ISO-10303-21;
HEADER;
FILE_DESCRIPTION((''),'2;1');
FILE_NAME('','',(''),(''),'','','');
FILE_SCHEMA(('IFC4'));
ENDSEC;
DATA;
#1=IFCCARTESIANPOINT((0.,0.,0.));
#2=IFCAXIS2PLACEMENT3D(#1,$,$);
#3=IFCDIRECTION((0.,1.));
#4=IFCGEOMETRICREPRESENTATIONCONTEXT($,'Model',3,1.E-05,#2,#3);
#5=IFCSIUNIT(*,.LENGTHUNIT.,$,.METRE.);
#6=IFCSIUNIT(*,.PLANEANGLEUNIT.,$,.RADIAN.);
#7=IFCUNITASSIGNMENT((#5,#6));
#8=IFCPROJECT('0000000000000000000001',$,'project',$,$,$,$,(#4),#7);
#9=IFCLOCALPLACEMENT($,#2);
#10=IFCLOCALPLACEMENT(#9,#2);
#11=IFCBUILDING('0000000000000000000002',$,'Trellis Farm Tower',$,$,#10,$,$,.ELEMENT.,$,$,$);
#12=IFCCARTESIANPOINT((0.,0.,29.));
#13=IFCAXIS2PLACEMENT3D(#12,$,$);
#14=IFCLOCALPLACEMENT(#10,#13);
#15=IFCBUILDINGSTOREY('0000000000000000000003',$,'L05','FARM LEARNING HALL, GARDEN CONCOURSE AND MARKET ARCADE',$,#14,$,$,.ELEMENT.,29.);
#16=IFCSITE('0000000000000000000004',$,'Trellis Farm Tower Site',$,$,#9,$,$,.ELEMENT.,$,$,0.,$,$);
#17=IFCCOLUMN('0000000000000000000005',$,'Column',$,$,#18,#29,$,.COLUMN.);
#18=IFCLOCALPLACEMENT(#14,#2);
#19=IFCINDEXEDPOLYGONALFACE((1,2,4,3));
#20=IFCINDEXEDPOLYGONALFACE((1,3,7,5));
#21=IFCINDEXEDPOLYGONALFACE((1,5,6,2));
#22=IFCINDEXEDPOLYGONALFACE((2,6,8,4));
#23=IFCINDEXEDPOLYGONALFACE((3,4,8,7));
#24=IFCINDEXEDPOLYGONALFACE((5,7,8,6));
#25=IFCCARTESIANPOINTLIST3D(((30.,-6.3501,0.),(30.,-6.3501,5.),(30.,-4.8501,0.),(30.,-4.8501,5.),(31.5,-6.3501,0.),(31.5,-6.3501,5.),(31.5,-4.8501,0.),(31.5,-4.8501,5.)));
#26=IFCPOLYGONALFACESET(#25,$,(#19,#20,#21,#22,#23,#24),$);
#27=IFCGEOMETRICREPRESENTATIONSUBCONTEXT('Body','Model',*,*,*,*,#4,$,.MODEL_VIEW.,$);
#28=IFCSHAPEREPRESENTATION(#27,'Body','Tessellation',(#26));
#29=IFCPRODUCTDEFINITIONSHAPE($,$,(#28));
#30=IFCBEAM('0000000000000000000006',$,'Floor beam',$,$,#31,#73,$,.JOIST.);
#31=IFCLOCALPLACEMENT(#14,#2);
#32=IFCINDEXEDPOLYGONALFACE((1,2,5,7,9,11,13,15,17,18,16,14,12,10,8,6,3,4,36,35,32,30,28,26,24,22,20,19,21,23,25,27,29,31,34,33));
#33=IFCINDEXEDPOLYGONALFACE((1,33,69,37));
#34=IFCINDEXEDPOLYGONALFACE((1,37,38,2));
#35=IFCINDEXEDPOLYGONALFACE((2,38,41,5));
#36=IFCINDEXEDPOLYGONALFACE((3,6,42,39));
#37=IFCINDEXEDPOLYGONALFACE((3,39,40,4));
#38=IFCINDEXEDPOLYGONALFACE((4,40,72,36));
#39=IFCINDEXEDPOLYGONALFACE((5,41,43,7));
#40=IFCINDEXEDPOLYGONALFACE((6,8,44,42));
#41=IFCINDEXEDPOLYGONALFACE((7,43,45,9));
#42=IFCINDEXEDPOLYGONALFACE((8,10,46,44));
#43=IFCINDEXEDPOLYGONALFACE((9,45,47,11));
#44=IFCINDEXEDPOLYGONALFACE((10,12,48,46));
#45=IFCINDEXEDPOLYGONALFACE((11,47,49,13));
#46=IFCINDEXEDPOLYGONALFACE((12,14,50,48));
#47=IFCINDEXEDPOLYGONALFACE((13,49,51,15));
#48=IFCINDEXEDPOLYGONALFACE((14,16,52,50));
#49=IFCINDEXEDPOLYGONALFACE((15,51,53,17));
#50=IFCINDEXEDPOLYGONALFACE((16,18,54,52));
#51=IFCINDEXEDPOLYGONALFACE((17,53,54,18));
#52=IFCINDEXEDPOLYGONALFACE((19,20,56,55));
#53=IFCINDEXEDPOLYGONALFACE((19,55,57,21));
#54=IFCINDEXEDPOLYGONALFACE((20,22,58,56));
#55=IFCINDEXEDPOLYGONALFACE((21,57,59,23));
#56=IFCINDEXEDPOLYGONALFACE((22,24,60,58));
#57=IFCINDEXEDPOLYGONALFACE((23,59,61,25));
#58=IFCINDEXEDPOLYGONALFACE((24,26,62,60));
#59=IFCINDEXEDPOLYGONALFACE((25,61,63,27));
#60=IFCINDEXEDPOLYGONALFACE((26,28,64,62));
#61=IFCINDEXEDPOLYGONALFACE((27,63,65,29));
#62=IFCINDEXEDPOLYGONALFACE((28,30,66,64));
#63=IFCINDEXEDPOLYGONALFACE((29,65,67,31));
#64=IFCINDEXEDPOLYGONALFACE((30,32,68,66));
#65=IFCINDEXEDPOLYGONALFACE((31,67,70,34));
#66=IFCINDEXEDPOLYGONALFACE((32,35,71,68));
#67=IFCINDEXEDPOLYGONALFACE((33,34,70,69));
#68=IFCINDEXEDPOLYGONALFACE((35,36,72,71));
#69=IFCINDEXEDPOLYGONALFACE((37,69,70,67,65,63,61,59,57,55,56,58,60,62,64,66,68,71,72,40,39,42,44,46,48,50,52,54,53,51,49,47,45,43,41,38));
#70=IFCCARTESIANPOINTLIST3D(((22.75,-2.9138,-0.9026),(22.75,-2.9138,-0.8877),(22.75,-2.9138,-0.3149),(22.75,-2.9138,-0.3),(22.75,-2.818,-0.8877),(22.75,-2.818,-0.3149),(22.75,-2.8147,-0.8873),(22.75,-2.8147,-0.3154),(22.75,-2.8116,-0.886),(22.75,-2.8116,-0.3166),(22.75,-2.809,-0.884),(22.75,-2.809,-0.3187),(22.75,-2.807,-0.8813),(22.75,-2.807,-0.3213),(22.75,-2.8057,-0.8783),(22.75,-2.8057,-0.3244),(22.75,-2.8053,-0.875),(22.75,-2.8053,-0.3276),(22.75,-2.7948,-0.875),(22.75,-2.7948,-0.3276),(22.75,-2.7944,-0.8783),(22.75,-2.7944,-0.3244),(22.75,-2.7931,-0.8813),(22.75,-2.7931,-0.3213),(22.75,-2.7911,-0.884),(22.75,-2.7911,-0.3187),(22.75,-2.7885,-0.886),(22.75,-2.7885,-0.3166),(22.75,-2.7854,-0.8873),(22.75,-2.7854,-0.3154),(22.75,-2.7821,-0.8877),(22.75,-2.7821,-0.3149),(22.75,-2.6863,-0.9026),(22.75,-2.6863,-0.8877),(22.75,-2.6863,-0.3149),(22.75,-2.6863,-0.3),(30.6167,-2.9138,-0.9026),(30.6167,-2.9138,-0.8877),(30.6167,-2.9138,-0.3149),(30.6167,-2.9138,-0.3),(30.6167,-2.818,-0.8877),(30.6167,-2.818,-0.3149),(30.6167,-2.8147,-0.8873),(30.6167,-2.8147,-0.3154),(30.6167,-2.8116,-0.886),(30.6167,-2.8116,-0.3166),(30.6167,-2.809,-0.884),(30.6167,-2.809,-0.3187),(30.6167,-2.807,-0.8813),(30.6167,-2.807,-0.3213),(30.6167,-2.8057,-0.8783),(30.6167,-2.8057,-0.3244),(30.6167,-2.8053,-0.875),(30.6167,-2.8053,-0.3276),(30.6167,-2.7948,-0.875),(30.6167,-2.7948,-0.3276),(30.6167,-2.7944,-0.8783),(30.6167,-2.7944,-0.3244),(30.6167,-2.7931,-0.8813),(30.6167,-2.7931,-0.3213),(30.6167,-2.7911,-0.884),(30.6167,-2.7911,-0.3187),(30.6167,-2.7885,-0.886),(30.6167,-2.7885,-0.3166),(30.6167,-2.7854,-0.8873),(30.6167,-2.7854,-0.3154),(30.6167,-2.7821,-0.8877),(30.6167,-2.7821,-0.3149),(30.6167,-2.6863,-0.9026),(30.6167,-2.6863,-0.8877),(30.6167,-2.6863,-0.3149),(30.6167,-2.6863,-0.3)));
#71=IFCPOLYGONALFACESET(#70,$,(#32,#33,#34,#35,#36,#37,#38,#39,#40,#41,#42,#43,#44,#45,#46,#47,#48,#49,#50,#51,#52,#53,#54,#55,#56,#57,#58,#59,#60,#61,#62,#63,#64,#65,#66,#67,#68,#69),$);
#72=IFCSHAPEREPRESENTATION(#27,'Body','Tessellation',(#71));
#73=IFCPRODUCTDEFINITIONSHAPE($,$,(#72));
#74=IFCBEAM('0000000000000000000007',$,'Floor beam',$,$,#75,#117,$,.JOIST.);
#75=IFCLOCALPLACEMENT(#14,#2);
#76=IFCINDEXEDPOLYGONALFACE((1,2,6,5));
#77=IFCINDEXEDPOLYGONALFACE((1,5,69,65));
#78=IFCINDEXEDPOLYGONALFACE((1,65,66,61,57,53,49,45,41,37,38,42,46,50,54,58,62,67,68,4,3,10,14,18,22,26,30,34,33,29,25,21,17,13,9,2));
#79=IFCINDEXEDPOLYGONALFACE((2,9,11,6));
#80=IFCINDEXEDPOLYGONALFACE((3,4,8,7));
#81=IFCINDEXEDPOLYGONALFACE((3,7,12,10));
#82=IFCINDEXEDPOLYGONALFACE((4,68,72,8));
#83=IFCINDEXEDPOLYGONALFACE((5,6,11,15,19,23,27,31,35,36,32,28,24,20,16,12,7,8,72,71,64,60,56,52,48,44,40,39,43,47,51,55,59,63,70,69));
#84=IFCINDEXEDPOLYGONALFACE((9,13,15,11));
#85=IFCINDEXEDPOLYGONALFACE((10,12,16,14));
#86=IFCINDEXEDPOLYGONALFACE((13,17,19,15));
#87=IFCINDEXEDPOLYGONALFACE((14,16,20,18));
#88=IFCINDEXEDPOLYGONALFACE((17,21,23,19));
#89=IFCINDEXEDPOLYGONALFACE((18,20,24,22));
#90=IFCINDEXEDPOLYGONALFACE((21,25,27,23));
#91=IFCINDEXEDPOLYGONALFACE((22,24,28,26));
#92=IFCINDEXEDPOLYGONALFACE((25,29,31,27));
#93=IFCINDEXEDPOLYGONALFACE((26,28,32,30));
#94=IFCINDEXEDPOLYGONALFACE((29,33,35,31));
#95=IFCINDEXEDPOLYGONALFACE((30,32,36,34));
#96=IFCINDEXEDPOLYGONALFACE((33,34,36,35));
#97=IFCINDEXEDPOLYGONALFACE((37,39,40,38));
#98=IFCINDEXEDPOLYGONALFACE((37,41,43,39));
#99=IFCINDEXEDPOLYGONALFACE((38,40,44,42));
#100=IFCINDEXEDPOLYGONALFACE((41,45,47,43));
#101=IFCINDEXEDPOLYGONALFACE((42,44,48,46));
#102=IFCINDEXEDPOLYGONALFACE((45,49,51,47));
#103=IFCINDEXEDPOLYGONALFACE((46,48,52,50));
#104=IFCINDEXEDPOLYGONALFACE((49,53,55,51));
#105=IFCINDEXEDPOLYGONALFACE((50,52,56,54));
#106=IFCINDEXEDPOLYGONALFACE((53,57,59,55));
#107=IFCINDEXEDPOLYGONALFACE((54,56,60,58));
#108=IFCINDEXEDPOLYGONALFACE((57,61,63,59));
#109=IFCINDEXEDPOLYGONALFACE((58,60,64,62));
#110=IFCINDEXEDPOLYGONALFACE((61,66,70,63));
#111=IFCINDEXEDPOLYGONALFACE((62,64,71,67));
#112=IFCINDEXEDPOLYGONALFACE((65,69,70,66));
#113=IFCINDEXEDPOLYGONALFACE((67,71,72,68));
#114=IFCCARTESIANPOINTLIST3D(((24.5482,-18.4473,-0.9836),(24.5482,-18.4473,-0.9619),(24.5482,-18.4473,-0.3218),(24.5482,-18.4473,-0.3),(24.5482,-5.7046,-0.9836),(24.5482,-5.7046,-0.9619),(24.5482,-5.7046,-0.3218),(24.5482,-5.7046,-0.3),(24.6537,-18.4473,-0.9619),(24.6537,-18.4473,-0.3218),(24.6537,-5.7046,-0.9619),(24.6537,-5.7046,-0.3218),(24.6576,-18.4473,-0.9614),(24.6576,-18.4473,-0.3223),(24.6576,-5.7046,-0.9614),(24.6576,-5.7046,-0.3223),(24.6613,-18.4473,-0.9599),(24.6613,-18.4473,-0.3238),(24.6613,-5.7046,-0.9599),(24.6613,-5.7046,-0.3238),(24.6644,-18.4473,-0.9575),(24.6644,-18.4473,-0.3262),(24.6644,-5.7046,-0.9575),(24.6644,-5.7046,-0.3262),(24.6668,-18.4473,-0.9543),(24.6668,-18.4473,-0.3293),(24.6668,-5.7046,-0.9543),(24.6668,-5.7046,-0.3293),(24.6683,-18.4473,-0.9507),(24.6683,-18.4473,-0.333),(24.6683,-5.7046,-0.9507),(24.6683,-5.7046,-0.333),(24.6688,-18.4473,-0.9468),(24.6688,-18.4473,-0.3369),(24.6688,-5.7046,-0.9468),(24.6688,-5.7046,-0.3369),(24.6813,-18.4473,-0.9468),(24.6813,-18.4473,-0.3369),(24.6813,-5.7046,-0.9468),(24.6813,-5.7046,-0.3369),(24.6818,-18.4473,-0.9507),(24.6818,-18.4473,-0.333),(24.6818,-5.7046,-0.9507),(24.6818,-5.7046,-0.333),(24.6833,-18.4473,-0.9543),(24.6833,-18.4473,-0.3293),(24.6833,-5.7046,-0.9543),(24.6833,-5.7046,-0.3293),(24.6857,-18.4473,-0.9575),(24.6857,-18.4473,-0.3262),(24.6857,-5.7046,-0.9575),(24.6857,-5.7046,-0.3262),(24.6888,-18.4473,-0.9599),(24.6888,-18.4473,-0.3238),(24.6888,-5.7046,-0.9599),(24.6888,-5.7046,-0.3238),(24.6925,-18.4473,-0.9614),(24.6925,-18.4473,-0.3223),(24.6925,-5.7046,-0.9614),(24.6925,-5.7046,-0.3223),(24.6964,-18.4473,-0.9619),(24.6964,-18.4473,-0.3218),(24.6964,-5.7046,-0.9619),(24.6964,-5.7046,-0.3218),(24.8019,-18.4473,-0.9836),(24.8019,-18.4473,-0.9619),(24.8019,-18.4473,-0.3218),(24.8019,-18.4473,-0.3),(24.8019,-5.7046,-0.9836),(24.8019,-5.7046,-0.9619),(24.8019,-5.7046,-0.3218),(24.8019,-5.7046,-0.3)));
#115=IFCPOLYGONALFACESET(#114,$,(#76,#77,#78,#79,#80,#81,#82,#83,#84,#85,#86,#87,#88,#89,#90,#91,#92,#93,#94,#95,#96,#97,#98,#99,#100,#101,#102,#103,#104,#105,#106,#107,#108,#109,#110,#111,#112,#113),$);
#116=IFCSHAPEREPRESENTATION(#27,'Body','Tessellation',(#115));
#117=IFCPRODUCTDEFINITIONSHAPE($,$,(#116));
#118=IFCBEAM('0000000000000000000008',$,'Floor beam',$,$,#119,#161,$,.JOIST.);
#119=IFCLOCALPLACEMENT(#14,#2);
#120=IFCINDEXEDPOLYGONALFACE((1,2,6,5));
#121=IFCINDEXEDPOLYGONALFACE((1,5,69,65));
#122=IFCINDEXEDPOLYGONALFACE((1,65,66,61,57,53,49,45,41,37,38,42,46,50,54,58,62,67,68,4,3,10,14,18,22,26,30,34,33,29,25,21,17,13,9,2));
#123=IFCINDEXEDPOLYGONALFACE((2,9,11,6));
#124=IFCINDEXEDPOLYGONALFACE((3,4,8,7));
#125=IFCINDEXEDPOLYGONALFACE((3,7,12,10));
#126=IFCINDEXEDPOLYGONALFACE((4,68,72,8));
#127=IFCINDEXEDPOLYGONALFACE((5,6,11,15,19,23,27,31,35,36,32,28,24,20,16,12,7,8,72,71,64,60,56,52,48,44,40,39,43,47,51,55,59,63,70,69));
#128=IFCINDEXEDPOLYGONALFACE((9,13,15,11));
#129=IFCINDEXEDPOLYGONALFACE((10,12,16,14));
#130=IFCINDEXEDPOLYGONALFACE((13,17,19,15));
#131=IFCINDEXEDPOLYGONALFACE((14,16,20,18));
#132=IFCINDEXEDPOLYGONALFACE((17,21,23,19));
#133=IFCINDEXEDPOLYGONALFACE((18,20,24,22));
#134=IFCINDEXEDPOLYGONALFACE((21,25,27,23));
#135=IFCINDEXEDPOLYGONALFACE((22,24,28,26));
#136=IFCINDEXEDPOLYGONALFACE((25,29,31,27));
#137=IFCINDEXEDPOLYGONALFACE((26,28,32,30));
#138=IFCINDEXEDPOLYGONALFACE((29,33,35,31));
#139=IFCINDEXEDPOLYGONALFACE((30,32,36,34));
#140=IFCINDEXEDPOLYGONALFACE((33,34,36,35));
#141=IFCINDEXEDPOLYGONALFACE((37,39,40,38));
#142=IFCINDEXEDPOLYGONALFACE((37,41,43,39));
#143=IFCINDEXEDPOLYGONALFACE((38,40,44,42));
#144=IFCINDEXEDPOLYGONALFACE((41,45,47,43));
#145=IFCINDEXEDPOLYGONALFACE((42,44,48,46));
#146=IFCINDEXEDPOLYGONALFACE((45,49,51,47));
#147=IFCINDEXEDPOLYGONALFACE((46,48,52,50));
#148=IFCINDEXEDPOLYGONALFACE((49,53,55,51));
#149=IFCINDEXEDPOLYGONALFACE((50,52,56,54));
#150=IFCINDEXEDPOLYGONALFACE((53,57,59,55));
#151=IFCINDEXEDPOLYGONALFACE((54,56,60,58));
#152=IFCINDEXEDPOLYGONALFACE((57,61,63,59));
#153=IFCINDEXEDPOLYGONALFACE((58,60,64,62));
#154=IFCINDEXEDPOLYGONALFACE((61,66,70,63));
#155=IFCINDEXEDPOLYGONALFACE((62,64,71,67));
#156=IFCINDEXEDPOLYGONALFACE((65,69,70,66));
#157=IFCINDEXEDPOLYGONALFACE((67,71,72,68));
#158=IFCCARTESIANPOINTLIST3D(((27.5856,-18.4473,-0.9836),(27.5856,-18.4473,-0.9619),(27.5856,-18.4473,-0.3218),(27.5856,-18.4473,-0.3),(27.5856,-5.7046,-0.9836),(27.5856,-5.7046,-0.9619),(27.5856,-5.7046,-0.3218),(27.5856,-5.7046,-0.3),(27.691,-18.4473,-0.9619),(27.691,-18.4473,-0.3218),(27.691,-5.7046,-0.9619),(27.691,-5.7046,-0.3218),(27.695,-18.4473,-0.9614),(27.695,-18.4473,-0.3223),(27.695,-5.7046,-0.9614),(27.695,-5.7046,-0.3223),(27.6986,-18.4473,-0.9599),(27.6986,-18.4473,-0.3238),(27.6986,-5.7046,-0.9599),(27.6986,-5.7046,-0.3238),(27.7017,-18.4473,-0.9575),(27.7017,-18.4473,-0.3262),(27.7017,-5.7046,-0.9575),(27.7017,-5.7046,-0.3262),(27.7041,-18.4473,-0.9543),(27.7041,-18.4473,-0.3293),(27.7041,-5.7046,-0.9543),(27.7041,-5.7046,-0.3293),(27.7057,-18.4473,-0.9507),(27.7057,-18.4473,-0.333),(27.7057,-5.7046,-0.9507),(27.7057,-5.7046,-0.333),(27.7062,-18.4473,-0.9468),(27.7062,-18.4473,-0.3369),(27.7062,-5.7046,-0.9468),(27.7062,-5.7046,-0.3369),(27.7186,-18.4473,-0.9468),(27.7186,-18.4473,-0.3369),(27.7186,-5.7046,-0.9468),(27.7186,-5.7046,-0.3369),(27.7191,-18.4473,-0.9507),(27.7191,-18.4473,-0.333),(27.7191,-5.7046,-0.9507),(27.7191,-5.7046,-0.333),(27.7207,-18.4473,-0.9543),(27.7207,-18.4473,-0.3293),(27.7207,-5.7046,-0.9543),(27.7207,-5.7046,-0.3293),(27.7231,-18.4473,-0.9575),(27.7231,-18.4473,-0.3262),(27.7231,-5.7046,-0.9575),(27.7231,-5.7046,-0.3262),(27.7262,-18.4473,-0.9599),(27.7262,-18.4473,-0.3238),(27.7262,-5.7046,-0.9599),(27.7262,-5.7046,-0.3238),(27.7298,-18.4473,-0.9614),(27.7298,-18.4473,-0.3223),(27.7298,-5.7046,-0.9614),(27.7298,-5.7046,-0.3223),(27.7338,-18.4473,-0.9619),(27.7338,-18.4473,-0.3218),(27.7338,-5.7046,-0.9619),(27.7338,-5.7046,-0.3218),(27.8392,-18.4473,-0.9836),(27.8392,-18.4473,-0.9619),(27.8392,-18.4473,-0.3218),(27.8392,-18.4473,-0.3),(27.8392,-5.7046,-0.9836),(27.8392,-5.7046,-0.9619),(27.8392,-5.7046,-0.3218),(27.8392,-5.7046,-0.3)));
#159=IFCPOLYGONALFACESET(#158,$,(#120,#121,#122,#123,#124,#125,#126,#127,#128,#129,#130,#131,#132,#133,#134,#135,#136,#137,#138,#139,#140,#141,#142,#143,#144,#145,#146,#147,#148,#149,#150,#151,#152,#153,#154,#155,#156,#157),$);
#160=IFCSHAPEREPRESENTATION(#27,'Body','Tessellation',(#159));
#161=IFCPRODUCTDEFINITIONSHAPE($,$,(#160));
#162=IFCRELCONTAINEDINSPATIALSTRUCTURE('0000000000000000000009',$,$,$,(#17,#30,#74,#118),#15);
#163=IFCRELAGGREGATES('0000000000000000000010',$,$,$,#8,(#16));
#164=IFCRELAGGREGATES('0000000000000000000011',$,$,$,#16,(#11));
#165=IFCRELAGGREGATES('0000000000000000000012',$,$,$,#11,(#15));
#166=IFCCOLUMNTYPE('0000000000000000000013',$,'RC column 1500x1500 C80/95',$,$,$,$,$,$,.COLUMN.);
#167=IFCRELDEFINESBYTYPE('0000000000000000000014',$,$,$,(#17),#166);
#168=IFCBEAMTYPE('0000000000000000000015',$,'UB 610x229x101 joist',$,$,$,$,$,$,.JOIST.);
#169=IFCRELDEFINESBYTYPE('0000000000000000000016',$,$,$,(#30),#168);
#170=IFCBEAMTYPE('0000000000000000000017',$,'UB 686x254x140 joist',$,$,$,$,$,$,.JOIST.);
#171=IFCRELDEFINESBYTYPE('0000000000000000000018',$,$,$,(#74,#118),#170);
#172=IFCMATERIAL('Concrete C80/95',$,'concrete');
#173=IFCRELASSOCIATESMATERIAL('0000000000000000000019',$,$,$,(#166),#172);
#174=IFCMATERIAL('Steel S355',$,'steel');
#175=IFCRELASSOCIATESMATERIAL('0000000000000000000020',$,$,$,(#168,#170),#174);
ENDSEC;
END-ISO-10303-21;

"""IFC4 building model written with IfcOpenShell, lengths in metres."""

from ifc_helpers import new_model, si_unit, direction, frame, origin, origin_2d, place, context, subcontext, project, spatial, rectangle, i_section, extrude, source, transform, mapped, material, material_profile, profile_set, type_object, element, save


model = new_model("IFC4")

# Units and contexts
model_context = context("Model", 3, precision=1e-05, world=origin(), true_north=direction((0.0, 1.0)))
body_context = subcontext(model_context, "Body", "Model", "MODEL_VIEW")
ifc_project = project(units=[si_unit("LENGTHUNIT", "METRE"), si_unit("PLANEANGLEUNIT", "RADIAN")], contexts=[model_context])

# Site, building, storey
site_placement = place(None, origin())
site = spatial("IfcSite", under=ifc_project, at=site_placement, Name="Trellis Farm Tower Site", CompositionType="ELEMENT", RefElevation=0.0)
building_placement = place(site_placement, origin())
building = spatial("IfcBuilding", under=site, at=building_placement, Name="Trellis Farm Tower", CompositionType="ELEMENT")
storey_placement = place(building_placement, frame((0.0, 0.0, 29.0)))
storey = spatial("IfcBuildingStorey", under=building, at=storey_placement, Name="L05", Description="FARM LEARNING HALL, GARDEN CONCOURSE AND MARKET ARCADE", CompositionType="ELEMENT", Elevation=29.0)

# Column
ifc_material_1 = material(Name="Concrete C80/95", Category="concrete")
ifc_material_profile_1 = material_profile(ifc_material_1, rectangle(XDim=1.5, YDim=1.5, at=origin_2d()), Name="RC column 1500x1500 C80/95")
ifc_profile_set_1 = profile_set([ifc_material_profile_1], Name="Concrete C80/95")
column_type = type_object("IfcColumnType", Name="RC column 1500x1500 C80/95", PredefinedType="COLUMN", material=ifc_profile_set_1)
shared_shape_1 = source(origin(), body_context, "Body", "SweptSolid", [
    extrude(rectangle(XDim=1.5, YDim=1.5, at=origin_2d()), origin(), (0.0, 0.0, 1.0), 5.0),
])
column_placement = place(storey_placement, frame((30.75, -5.6001, 0.0), z_axis=(0.0, 0.0, 1.0), x_axis=(1.0, 0.0, 0.0)))
element("IfcColumn", 1, at=column_placement, inside=storey, type_object=column_type, Name="Column", PredefinedType="COLUMN", context=body_context, shape_type="MappedRepresentation", body=[
    mapped(shared_shape_1, transform((0.0, 0.0, 0.0))),
])

# Beams
ifc_material_2 = material(Name="Steel S355", Category="steel")
ifc_material_profile_2 = material_profile(ifc_material_2, i_section(OverallWidth=0.2275, OverallDepth=0.6025, WebThickness=0.0105, FlangeThickness=0.0149, FilletRadius=0.0127, at=origin_2d()), Name="UB 610x229x101")
ifc_profile_set_2 = profile_set([ifc_material_profile_2], Name="Steel S355")
beam_type_1 = type_object("IfcBeamType", Name="UB 610x229x101 joist", PredefinedType="JOIST", material=ifc_profile_set_2)
shared_shape_2 = source(origin(), body_context, "Body", "SweptSolid", [
    extrude(i_section(OverallWidth=0.2275, OverallDepth=0.6025, WebThickness=0.0105, FlangeThickness=0.0149, FilletRadius=0.0127, at=origin_2d()), origin(), (0.0, 0.0, 1.0), 7.8667),
])
beam_1_placement = place(storey_placement, frame((22.75, -2.8, -0.6013), z_axis=(1.0, 0.0, 0.0), x_axis=(0.0, 1.0, 0.0)))
element("IfcBeam", 2, at=beam_1_placement, inside=storey, type_object=beam_type_1, Name="Floor beam", PredefinedType="JOIST", context=body_context, shape_type="MappedRepresentation", body=[
    mapped(shared_shape_2, transform((0.0, 0.0, 0.0))),
])
ifc_material_profile_3 = material_profile(ifc_material_2, i_section(OverallWidth=0.2537, OverallDepth=0.6836, WebThickness=0.0125, FlangeThickness=0.0217, FilletRadius=0.0151, at=origin_2d()), Name="UB 686x254x140")
ifc_profile_set_3 = profile_set([ifc_material_profile_3], Name="Steel S355")
beam_type_2 = type_object("IfcBeamType", Name="UB 686x254x140 joist", PredefinedType="JOIST", material=ifc_profile_set_3)
shared_shape_3 = source(origin(), body_context, "Body", "SweptSolid", [
    extrude(i_section(OverallWidth=0.2537, OverallDepth=0.6836, WebThickness=0.0125, FlangeThickness=0.0217, FilletRadius=0.0151, at=origin_2d()), origin(), (0.0, 0.0, 1.0), 12.7427),
])
for number, where, z_axis, x_axis, name in (
    (3, (24.675, -18.4473, -0.6418), (0.0, 1.0, 0.0), (-1.0, 0.0, 0.0), "Floor beam"),
    (4, (27.7124, -18.4473, -0.6418), (0.0, 1.0, 0.0), (-1.0, 0.0, 0.0), "Floor beam"),
):
    element("IfcBeam", number, at=place(storey_placement, frame(where, z_axis=z_axis, x_axis=x_axis)), inside=storey, type_object=beam_type_2, Name=name, PredefinedType="JOIST", context=body_context, shape_type="MappedRepresentation", body=[
        mapped(shared_shape_3, transform((0.0, 0.0, 0.0))),
    ])

save(model, "model.ifc")
